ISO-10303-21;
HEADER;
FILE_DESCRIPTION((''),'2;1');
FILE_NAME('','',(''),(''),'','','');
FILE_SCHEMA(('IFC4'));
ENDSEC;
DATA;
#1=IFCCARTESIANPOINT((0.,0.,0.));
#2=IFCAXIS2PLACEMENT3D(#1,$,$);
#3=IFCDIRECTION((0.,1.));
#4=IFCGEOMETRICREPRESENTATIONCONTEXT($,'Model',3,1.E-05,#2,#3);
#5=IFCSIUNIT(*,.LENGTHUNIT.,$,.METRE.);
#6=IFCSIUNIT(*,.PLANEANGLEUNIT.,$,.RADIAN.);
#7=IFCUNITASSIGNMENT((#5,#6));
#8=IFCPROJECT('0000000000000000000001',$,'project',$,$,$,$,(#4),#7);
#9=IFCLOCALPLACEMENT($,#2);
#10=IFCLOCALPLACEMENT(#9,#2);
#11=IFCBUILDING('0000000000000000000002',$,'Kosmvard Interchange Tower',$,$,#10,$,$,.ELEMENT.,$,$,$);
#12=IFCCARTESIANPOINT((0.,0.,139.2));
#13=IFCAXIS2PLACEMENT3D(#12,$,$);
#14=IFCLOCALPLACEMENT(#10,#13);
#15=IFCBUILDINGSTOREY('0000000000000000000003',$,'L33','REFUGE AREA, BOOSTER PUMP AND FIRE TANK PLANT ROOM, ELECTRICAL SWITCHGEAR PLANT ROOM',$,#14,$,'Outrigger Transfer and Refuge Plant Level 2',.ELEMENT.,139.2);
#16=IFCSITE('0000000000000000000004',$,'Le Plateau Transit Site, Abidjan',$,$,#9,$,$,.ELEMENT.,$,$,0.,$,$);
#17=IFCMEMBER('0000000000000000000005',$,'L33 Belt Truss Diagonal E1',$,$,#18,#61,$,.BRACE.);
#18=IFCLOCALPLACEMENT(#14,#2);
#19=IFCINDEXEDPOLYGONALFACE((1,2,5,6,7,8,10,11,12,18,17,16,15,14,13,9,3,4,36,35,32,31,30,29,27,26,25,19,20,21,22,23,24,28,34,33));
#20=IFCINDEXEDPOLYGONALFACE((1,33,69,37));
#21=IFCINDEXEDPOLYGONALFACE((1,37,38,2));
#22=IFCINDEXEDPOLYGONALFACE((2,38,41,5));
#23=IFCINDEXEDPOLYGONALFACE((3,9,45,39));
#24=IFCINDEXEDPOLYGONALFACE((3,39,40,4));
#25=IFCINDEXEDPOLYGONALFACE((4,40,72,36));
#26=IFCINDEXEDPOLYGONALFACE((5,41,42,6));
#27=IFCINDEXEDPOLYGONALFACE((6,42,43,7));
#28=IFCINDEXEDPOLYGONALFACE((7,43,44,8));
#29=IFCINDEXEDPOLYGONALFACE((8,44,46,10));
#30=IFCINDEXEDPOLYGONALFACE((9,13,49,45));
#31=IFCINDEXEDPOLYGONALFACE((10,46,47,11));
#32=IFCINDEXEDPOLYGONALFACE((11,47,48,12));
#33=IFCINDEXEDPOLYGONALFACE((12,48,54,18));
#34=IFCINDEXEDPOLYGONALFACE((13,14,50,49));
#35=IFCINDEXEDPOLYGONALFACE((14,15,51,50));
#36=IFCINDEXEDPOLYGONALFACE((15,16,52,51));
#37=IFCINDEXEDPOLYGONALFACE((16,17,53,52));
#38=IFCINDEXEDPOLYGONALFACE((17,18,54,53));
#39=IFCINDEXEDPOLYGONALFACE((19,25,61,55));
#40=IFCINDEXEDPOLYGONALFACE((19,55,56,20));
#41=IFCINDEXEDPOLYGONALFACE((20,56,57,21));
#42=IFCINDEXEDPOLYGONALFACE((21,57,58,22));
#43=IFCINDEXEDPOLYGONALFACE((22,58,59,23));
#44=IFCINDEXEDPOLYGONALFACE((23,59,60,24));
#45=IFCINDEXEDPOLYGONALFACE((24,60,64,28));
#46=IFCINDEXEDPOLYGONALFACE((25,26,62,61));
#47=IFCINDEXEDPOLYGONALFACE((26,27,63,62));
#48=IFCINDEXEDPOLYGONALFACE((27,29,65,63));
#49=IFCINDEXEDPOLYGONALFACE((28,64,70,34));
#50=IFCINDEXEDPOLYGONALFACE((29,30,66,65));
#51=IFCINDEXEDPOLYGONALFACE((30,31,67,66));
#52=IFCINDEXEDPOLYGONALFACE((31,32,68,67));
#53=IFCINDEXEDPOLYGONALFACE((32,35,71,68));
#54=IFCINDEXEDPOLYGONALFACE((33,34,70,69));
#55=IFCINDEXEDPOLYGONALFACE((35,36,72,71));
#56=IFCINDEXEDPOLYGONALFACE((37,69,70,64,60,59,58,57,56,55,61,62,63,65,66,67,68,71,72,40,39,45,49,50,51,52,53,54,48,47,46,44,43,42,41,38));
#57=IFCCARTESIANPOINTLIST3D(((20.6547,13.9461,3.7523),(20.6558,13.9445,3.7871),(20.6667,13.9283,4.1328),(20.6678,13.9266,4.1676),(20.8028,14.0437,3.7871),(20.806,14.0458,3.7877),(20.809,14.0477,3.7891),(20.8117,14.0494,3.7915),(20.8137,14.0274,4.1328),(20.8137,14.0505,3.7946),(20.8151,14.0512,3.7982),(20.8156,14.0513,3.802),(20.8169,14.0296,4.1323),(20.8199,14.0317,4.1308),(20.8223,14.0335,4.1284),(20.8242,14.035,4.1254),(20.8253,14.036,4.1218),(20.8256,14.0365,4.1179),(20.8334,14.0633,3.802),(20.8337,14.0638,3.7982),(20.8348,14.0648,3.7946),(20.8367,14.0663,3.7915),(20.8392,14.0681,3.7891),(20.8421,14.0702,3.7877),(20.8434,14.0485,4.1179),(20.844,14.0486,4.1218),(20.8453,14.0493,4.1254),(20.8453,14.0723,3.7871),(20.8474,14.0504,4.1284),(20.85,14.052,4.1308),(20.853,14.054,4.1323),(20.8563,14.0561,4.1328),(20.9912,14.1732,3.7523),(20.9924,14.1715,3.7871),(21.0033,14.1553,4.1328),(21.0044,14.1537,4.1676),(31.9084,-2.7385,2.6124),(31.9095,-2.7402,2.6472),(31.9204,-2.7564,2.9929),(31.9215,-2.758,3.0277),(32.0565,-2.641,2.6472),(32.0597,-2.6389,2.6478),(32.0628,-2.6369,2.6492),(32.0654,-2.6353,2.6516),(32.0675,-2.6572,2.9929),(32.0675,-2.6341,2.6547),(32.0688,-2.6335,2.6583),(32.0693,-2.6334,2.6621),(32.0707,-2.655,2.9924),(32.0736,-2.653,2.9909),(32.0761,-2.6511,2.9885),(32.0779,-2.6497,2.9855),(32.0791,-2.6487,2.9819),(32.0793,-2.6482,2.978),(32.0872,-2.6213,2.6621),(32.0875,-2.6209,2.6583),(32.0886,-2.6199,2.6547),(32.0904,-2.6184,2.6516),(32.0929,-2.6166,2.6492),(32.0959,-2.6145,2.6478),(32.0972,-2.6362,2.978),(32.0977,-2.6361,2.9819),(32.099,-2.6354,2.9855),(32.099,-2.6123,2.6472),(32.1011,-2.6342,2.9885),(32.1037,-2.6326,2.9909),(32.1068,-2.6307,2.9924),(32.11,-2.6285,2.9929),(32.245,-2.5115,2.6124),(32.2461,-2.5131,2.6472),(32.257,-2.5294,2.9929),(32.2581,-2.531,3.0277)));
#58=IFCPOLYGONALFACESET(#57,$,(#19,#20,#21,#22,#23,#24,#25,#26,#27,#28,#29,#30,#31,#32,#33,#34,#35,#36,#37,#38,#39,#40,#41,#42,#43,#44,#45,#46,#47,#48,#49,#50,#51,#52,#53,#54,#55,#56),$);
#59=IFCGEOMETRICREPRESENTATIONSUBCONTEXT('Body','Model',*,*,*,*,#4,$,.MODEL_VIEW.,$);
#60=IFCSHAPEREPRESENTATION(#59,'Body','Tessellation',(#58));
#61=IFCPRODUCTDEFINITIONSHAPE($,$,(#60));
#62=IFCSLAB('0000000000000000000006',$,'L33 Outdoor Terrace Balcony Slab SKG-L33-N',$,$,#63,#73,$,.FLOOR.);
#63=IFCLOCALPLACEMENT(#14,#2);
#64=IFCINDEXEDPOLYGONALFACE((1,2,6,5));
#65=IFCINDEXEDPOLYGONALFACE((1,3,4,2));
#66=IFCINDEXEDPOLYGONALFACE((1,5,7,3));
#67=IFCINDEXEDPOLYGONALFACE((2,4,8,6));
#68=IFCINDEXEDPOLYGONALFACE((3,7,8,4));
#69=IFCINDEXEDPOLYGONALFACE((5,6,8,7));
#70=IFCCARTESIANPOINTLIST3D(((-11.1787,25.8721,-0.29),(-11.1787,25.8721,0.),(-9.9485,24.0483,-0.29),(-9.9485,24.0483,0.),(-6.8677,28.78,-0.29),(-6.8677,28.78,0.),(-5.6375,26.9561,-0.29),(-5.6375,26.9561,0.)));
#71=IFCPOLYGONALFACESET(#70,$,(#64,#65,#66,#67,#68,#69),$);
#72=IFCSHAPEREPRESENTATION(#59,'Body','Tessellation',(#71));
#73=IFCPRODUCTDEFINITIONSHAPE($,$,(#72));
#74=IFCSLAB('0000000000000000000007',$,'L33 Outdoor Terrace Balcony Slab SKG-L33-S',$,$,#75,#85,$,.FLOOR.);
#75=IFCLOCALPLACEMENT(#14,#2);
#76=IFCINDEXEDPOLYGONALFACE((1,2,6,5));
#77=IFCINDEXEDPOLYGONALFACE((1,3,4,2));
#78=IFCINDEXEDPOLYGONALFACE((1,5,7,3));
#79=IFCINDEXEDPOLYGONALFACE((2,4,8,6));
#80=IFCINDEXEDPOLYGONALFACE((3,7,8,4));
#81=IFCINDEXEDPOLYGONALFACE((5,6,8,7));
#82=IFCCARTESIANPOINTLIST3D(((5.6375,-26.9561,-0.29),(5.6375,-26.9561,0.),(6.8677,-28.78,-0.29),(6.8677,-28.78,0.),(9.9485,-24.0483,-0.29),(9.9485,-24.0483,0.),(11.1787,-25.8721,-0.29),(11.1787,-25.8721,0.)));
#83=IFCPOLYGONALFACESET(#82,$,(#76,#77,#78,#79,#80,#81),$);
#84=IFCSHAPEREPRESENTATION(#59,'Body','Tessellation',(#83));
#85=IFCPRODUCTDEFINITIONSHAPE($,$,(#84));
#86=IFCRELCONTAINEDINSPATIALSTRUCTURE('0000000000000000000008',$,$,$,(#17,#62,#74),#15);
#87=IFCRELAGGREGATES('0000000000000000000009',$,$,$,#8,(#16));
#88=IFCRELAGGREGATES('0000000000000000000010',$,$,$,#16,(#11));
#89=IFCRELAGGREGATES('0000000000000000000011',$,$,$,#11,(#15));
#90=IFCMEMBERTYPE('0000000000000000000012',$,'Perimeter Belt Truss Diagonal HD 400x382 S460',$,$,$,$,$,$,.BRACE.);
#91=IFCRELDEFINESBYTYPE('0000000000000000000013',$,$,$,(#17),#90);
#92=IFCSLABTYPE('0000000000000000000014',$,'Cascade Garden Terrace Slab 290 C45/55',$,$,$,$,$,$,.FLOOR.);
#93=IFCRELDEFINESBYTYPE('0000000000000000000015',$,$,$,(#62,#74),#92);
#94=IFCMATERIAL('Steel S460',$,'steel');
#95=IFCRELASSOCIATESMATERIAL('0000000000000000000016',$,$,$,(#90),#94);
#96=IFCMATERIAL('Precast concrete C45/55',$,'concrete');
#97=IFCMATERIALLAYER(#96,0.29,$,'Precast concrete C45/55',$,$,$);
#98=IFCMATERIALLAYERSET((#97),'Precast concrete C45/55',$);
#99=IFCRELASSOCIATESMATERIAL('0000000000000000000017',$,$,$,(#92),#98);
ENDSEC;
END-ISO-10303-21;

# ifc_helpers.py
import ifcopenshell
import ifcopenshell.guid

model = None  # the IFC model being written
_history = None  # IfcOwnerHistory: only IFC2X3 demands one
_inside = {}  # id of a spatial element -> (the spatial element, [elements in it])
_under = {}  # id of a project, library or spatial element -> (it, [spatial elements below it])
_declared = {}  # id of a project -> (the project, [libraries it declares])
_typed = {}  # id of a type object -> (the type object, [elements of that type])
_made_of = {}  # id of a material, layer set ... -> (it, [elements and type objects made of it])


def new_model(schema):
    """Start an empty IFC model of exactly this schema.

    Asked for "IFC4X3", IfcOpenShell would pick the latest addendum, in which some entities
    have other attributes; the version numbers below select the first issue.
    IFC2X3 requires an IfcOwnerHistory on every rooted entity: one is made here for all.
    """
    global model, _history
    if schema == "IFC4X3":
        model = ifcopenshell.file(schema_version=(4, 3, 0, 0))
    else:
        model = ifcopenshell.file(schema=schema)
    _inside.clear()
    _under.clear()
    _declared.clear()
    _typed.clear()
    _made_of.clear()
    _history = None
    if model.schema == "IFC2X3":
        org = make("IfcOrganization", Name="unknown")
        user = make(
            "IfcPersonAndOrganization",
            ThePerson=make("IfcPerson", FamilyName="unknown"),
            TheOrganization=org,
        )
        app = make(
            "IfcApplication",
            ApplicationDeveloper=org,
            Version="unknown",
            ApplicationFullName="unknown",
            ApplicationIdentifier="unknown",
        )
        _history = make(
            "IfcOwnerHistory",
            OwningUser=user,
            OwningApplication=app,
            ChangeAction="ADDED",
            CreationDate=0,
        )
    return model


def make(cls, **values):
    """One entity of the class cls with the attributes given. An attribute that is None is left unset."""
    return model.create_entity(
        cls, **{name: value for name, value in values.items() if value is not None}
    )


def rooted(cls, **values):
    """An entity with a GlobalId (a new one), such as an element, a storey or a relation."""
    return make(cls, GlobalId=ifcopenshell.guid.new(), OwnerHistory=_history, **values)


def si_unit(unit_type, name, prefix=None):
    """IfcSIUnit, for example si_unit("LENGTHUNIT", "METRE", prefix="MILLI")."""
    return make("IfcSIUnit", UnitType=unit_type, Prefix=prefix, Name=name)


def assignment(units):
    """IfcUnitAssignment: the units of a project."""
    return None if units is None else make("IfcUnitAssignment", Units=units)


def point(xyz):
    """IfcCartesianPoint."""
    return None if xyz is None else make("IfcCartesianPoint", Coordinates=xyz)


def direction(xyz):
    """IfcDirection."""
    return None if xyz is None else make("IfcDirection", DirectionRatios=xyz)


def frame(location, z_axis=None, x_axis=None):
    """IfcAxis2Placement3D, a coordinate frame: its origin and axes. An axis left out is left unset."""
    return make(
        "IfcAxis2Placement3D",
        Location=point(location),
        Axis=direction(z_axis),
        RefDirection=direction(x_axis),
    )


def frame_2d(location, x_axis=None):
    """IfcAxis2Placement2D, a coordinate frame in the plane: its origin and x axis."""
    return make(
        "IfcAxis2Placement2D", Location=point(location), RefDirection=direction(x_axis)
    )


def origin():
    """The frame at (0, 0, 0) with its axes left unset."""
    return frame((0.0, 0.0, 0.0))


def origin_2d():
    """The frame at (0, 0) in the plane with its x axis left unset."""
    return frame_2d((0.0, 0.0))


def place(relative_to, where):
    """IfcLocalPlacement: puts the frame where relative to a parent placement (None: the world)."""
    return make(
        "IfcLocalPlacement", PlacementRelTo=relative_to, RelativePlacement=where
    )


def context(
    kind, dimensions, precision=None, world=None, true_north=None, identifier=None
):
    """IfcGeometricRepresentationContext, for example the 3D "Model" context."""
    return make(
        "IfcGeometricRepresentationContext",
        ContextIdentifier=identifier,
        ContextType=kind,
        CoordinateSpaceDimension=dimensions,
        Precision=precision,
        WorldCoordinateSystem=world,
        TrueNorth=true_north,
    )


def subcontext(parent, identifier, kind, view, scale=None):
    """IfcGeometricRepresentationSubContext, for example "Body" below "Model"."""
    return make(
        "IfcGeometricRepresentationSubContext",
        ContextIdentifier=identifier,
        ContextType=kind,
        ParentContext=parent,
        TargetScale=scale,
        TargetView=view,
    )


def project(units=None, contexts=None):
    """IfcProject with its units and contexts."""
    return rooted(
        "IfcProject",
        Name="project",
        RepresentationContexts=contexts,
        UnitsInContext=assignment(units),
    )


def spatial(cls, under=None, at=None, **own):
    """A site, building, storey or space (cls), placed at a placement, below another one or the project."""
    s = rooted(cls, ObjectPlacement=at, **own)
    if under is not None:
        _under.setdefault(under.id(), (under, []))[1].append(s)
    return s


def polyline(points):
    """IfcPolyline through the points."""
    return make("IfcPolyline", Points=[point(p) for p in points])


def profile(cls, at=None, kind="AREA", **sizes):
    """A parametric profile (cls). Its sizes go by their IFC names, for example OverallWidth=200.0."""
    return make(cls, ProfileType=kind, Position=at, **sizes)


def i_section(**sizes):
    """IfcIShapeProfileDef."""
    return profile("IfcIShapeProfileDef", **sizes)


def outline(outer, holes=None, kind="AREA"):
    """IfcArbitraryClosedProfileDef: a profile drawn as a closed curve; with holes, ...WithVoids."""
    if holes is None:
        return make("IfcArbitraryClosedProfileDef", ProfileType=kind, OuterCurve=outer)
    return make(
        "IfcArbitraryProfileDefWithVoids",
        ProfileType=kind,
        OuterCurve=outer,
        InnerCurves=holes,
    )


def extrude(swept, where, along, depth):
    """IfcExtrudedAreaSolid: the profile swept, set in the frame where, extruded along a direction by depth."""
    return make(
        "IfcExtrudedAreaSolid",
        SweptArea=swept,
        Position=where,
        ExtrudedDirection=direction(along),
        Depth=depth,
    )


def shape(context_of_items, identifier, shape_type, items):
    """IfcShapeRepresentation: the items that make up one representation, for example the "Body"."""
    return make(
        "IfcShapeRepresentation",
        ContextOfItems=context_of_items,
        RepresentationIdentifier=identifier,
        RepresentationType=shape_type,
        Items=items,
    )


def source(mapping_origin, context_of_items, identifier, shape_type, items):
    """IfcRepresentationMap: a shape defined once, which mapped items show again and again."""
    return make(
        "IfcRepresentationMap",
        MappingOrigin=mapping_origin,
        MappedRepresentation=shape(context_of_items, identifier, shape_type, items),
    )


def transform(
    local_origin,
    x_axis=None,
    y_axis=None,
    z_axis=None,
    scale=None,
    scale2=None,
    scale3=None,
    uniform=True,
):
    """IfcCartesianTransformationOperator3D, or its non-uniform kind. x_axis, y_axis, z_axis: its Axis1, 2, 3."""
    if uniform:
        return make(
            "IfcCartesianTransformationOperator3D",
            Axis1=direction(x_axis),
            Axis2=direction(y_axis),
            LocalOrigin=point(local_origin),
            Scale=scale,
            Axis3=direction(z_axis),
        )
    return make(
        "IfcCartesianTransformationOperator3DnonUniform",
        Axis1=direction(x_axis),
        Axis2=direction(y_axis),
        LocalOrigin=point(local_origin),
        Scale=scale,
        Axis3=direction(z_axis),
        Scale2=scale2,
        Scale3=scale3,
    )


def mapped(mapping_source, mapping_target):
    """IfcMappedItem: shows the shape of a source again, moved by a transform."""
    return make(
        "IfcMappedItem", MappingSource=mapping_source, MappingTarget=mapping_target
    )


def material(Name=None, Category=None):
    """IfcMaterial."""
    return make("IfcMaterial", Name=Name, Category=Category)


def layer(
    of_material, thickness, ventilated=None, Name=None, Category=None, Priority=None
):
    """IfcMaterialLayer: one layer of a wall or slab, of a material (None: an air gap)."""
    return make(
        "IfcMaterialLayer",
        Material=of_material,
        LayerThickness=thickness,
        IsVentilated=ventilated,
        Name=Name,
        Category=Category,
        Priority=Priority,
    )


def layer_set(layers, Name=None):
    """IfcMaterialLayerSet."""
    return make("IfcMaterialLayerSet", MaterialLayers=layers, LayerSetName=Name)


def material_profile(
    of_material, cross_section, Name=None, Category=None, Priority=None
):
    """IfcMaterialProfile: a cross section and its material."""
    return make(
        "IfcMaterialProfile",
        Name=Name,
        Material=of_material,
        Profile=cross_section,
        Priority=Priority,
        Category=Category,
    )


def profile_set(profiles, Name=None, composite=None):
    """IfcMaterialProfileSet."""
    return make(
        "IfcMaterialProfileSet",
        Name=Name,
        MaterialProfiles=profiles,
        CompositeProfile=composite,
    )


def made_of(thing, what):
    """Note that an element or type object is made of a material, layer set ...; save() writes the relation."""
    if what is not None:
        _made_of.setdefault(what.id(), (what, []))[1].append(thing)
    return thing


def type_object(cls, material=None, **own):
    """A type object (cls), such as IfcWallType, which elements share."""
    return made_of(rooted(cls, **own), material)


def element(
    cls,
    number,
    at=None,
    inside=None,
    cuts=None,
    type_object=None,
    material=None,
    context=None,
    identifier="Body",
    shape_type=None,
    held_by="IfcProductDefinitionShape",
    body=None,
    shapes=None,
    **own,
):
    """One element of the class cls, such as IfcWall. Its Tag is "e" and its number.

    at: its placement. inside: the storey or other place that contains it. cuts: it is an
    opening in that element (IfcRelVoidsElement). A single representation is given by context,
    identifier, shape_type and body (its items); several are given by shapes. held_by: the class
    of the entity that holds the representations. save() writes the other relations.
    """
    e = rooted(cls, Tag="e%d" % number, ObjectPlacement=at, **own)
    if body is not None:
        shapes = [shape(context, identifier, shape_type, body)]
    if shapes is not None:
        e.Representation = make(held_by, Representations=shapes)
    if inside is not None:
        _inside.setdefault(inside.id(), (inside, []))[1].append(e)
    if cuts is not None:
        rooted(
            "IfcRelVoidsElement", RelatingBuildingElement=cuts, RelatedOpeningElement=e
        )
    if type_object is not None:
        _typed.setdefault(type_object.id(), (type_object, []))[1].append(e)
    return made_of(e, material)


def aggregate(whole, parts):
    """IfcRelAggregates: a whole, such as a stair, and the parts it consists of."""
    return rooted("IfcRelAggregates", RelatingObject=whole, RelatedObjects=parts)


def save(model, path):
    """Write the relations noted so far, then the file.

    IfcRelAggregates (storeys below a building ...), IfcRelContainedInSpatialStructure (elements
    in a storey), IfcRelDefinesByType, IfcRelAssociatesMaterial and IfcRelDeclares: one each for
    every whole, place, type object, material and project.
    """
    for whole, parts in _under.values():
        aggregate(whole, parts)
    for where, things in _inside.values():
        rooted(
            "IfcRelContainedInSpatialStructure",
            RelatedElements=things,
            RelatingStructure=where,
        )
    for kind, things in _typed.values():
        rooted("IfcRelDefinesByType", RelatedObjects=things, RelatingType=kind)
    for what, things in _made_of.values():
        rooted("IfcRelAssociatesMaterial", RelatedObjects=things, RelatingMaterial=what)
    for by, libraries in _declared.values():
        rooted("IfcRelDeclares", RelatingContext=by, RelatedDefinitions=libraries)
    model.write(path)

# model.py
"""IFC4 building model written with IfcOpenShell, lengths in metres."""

from ifc_helpers import new_model, si_unit, direction, frame, origin, origin_2d, place, context, subcontext, project, spatial, polyline, i_section, outline, extrude, source, transform, mapped, material, layer, layer_set, material_profile, profile_set, type_object, element, save


model = new_model("IFC4")

# Units and contexts
model_context = context("Model", 3, precision=1e-05, world=origin(), true_north=direction((0.0, 1.0)))
body_context = subcontext(model_context, "Body", "Model", "MODEL_VIEW")
ifc_project = project(units=[si_unit("LENGTHUNIT", "METRE"), si_unit("PLANEANGLEUNIT", "RADIAN")], contexts=[model_context])

# Site, building, storey
site_placement = place(None, origin())
site = spatial("IfcSite", under=ifc_project, at=site_placement, Name="Le Plateau Transit Site, Abidjan", CompositionType="ELEMENT", RefElevation=0.0)
building_placement = place(site_placement, origin())
building = spatial("IfcBuilding", under=site, at=building_placement, Name="Kosmvard Interchange Tower", CompositionType="ELEMENT")
storey_placement = place(building_placement, frame((0.0, 0.0, 139.2)))
storey = spatial("IfcBuildingStorey", under=building, at=storey_placement, Name="L33", Description="REFUGE AREA, BOOSTER PUMP AND FIRE TANK PLANT ROOM, ELECTRICAL SWITCHGEAR PLANT ROOM", LongName="Outrigger Transfer and Refuge Plant Level 2", CompositionType="ELEMENT", Elevation=139.2)

# Shared definitions
ifc_material_1 = material(Name="Steel S460", Category="steel")

# Member
ifc_material_profile_1 = material_profile(ifc_material_1, i_section(OverallWidth=0.406, OverallDepth=0.416, WebThickness=0.0215, FlangeThickness=0.0349, FilletRadius=0.0149, at=origin_2d()), Name="HD 400x382")
ifc_profile_set_1 = profile_set([ifc_material_profile_1], Name="Steel S460")
member_type_1 = type_object("IfcMemberType", Name="Perimeter Belt Truss Diagonal HD 400x382 S460", PredefinedType="BRACE", material=ifc_profile_set_1)
shared_shape_1 = source(origin(), body_context, "Body", "SweptSolid", [
    extrude(i_section(OverallWidth=0.406, OverallDepth=0.416, WebThickness=0.0215, FlangeThickness=0.0349, FilletRadius=0.0149, at=origin_2d()), origin(), (0.0, 0.0, 1.0), 20.1575),
])
member_1_placement = place(storey_placement, frame((32.0833, -2.6348, 2.8201), z_axis=(-0.55829, 0.827716, 0.05655), x_axis=(-0.829043, -0.559185, 0.0)))
element("IfcMember", 1, at=member_1_placement, inside=storey, type_object=member_type_1, Name="L33 Belt Truss Diagonal E1", PredefinedType="BRACE", context=body_context, shape_type="MappedRepresentation", body=[
    mapped(shared_shape_1, transform((0.0, 0.0, 0.0), scale=1.0)),
])

# Slabs
ifc_material_2 = material(Name="Precast concrete C45/55", Category="concrete")
ifc_layer_1 = layer(ifc_material_2, 0.29, Name="Precast concrete C45/55")
ifc_layer_set_1 = layer_set([ifc_layer_1], Name="Precast concrete C45/55")
slab_type_1 = type_object("IfcSlabType", Name="Cascade Garden Terrace Slab 290 C45/55", PredefinedType="FLOOR", material=ifc_layer_set_1)
slab_1_placement = place(storey_placement, frame((0.0, 0.0, -0.29)))
element("IfcSlab", 2, at=slab_1_placement, inside=storey, type_object=slab_type_1, Name="L33 Outdoor Terrace Balcony Slab SKG-L33-N", PredefinedType="FLOOR", context=body_context, shape_type="SweptSolid", body=[
    extrude(outline(polyline([(-9.9485, 24.0483), (-5.6375, 26.9561), (-6.8677, 28.78), (-11.1787, 25.8721), (-9.9485, 24.0483)])), origin(), (0.0, 0.0, 1.0), 0.29),
])
slab_2_placement = place(storey_placement, frame((0.0, 0.0, -0.29)))
element("IfcSlab", 3, at=slab_2_placement, inside=storey, type_object=slab_type_1, Name="L33 Outdoor Terrace Balcony Slab SKG-L33-S", PredefinedType="FLOOR", context=body_context, shape_type="SweptSolid", body=[
    extrude(outline(polyline([(6.8677, -28.78), (11.1787, -25.8721), (9.9485, -24.0483), (5.6375, -26.9561), (6.8677, -28.78)])), origin(), (0.0, 0.0, 1.0), 0.29),
])

save(model, "model.ifc")
